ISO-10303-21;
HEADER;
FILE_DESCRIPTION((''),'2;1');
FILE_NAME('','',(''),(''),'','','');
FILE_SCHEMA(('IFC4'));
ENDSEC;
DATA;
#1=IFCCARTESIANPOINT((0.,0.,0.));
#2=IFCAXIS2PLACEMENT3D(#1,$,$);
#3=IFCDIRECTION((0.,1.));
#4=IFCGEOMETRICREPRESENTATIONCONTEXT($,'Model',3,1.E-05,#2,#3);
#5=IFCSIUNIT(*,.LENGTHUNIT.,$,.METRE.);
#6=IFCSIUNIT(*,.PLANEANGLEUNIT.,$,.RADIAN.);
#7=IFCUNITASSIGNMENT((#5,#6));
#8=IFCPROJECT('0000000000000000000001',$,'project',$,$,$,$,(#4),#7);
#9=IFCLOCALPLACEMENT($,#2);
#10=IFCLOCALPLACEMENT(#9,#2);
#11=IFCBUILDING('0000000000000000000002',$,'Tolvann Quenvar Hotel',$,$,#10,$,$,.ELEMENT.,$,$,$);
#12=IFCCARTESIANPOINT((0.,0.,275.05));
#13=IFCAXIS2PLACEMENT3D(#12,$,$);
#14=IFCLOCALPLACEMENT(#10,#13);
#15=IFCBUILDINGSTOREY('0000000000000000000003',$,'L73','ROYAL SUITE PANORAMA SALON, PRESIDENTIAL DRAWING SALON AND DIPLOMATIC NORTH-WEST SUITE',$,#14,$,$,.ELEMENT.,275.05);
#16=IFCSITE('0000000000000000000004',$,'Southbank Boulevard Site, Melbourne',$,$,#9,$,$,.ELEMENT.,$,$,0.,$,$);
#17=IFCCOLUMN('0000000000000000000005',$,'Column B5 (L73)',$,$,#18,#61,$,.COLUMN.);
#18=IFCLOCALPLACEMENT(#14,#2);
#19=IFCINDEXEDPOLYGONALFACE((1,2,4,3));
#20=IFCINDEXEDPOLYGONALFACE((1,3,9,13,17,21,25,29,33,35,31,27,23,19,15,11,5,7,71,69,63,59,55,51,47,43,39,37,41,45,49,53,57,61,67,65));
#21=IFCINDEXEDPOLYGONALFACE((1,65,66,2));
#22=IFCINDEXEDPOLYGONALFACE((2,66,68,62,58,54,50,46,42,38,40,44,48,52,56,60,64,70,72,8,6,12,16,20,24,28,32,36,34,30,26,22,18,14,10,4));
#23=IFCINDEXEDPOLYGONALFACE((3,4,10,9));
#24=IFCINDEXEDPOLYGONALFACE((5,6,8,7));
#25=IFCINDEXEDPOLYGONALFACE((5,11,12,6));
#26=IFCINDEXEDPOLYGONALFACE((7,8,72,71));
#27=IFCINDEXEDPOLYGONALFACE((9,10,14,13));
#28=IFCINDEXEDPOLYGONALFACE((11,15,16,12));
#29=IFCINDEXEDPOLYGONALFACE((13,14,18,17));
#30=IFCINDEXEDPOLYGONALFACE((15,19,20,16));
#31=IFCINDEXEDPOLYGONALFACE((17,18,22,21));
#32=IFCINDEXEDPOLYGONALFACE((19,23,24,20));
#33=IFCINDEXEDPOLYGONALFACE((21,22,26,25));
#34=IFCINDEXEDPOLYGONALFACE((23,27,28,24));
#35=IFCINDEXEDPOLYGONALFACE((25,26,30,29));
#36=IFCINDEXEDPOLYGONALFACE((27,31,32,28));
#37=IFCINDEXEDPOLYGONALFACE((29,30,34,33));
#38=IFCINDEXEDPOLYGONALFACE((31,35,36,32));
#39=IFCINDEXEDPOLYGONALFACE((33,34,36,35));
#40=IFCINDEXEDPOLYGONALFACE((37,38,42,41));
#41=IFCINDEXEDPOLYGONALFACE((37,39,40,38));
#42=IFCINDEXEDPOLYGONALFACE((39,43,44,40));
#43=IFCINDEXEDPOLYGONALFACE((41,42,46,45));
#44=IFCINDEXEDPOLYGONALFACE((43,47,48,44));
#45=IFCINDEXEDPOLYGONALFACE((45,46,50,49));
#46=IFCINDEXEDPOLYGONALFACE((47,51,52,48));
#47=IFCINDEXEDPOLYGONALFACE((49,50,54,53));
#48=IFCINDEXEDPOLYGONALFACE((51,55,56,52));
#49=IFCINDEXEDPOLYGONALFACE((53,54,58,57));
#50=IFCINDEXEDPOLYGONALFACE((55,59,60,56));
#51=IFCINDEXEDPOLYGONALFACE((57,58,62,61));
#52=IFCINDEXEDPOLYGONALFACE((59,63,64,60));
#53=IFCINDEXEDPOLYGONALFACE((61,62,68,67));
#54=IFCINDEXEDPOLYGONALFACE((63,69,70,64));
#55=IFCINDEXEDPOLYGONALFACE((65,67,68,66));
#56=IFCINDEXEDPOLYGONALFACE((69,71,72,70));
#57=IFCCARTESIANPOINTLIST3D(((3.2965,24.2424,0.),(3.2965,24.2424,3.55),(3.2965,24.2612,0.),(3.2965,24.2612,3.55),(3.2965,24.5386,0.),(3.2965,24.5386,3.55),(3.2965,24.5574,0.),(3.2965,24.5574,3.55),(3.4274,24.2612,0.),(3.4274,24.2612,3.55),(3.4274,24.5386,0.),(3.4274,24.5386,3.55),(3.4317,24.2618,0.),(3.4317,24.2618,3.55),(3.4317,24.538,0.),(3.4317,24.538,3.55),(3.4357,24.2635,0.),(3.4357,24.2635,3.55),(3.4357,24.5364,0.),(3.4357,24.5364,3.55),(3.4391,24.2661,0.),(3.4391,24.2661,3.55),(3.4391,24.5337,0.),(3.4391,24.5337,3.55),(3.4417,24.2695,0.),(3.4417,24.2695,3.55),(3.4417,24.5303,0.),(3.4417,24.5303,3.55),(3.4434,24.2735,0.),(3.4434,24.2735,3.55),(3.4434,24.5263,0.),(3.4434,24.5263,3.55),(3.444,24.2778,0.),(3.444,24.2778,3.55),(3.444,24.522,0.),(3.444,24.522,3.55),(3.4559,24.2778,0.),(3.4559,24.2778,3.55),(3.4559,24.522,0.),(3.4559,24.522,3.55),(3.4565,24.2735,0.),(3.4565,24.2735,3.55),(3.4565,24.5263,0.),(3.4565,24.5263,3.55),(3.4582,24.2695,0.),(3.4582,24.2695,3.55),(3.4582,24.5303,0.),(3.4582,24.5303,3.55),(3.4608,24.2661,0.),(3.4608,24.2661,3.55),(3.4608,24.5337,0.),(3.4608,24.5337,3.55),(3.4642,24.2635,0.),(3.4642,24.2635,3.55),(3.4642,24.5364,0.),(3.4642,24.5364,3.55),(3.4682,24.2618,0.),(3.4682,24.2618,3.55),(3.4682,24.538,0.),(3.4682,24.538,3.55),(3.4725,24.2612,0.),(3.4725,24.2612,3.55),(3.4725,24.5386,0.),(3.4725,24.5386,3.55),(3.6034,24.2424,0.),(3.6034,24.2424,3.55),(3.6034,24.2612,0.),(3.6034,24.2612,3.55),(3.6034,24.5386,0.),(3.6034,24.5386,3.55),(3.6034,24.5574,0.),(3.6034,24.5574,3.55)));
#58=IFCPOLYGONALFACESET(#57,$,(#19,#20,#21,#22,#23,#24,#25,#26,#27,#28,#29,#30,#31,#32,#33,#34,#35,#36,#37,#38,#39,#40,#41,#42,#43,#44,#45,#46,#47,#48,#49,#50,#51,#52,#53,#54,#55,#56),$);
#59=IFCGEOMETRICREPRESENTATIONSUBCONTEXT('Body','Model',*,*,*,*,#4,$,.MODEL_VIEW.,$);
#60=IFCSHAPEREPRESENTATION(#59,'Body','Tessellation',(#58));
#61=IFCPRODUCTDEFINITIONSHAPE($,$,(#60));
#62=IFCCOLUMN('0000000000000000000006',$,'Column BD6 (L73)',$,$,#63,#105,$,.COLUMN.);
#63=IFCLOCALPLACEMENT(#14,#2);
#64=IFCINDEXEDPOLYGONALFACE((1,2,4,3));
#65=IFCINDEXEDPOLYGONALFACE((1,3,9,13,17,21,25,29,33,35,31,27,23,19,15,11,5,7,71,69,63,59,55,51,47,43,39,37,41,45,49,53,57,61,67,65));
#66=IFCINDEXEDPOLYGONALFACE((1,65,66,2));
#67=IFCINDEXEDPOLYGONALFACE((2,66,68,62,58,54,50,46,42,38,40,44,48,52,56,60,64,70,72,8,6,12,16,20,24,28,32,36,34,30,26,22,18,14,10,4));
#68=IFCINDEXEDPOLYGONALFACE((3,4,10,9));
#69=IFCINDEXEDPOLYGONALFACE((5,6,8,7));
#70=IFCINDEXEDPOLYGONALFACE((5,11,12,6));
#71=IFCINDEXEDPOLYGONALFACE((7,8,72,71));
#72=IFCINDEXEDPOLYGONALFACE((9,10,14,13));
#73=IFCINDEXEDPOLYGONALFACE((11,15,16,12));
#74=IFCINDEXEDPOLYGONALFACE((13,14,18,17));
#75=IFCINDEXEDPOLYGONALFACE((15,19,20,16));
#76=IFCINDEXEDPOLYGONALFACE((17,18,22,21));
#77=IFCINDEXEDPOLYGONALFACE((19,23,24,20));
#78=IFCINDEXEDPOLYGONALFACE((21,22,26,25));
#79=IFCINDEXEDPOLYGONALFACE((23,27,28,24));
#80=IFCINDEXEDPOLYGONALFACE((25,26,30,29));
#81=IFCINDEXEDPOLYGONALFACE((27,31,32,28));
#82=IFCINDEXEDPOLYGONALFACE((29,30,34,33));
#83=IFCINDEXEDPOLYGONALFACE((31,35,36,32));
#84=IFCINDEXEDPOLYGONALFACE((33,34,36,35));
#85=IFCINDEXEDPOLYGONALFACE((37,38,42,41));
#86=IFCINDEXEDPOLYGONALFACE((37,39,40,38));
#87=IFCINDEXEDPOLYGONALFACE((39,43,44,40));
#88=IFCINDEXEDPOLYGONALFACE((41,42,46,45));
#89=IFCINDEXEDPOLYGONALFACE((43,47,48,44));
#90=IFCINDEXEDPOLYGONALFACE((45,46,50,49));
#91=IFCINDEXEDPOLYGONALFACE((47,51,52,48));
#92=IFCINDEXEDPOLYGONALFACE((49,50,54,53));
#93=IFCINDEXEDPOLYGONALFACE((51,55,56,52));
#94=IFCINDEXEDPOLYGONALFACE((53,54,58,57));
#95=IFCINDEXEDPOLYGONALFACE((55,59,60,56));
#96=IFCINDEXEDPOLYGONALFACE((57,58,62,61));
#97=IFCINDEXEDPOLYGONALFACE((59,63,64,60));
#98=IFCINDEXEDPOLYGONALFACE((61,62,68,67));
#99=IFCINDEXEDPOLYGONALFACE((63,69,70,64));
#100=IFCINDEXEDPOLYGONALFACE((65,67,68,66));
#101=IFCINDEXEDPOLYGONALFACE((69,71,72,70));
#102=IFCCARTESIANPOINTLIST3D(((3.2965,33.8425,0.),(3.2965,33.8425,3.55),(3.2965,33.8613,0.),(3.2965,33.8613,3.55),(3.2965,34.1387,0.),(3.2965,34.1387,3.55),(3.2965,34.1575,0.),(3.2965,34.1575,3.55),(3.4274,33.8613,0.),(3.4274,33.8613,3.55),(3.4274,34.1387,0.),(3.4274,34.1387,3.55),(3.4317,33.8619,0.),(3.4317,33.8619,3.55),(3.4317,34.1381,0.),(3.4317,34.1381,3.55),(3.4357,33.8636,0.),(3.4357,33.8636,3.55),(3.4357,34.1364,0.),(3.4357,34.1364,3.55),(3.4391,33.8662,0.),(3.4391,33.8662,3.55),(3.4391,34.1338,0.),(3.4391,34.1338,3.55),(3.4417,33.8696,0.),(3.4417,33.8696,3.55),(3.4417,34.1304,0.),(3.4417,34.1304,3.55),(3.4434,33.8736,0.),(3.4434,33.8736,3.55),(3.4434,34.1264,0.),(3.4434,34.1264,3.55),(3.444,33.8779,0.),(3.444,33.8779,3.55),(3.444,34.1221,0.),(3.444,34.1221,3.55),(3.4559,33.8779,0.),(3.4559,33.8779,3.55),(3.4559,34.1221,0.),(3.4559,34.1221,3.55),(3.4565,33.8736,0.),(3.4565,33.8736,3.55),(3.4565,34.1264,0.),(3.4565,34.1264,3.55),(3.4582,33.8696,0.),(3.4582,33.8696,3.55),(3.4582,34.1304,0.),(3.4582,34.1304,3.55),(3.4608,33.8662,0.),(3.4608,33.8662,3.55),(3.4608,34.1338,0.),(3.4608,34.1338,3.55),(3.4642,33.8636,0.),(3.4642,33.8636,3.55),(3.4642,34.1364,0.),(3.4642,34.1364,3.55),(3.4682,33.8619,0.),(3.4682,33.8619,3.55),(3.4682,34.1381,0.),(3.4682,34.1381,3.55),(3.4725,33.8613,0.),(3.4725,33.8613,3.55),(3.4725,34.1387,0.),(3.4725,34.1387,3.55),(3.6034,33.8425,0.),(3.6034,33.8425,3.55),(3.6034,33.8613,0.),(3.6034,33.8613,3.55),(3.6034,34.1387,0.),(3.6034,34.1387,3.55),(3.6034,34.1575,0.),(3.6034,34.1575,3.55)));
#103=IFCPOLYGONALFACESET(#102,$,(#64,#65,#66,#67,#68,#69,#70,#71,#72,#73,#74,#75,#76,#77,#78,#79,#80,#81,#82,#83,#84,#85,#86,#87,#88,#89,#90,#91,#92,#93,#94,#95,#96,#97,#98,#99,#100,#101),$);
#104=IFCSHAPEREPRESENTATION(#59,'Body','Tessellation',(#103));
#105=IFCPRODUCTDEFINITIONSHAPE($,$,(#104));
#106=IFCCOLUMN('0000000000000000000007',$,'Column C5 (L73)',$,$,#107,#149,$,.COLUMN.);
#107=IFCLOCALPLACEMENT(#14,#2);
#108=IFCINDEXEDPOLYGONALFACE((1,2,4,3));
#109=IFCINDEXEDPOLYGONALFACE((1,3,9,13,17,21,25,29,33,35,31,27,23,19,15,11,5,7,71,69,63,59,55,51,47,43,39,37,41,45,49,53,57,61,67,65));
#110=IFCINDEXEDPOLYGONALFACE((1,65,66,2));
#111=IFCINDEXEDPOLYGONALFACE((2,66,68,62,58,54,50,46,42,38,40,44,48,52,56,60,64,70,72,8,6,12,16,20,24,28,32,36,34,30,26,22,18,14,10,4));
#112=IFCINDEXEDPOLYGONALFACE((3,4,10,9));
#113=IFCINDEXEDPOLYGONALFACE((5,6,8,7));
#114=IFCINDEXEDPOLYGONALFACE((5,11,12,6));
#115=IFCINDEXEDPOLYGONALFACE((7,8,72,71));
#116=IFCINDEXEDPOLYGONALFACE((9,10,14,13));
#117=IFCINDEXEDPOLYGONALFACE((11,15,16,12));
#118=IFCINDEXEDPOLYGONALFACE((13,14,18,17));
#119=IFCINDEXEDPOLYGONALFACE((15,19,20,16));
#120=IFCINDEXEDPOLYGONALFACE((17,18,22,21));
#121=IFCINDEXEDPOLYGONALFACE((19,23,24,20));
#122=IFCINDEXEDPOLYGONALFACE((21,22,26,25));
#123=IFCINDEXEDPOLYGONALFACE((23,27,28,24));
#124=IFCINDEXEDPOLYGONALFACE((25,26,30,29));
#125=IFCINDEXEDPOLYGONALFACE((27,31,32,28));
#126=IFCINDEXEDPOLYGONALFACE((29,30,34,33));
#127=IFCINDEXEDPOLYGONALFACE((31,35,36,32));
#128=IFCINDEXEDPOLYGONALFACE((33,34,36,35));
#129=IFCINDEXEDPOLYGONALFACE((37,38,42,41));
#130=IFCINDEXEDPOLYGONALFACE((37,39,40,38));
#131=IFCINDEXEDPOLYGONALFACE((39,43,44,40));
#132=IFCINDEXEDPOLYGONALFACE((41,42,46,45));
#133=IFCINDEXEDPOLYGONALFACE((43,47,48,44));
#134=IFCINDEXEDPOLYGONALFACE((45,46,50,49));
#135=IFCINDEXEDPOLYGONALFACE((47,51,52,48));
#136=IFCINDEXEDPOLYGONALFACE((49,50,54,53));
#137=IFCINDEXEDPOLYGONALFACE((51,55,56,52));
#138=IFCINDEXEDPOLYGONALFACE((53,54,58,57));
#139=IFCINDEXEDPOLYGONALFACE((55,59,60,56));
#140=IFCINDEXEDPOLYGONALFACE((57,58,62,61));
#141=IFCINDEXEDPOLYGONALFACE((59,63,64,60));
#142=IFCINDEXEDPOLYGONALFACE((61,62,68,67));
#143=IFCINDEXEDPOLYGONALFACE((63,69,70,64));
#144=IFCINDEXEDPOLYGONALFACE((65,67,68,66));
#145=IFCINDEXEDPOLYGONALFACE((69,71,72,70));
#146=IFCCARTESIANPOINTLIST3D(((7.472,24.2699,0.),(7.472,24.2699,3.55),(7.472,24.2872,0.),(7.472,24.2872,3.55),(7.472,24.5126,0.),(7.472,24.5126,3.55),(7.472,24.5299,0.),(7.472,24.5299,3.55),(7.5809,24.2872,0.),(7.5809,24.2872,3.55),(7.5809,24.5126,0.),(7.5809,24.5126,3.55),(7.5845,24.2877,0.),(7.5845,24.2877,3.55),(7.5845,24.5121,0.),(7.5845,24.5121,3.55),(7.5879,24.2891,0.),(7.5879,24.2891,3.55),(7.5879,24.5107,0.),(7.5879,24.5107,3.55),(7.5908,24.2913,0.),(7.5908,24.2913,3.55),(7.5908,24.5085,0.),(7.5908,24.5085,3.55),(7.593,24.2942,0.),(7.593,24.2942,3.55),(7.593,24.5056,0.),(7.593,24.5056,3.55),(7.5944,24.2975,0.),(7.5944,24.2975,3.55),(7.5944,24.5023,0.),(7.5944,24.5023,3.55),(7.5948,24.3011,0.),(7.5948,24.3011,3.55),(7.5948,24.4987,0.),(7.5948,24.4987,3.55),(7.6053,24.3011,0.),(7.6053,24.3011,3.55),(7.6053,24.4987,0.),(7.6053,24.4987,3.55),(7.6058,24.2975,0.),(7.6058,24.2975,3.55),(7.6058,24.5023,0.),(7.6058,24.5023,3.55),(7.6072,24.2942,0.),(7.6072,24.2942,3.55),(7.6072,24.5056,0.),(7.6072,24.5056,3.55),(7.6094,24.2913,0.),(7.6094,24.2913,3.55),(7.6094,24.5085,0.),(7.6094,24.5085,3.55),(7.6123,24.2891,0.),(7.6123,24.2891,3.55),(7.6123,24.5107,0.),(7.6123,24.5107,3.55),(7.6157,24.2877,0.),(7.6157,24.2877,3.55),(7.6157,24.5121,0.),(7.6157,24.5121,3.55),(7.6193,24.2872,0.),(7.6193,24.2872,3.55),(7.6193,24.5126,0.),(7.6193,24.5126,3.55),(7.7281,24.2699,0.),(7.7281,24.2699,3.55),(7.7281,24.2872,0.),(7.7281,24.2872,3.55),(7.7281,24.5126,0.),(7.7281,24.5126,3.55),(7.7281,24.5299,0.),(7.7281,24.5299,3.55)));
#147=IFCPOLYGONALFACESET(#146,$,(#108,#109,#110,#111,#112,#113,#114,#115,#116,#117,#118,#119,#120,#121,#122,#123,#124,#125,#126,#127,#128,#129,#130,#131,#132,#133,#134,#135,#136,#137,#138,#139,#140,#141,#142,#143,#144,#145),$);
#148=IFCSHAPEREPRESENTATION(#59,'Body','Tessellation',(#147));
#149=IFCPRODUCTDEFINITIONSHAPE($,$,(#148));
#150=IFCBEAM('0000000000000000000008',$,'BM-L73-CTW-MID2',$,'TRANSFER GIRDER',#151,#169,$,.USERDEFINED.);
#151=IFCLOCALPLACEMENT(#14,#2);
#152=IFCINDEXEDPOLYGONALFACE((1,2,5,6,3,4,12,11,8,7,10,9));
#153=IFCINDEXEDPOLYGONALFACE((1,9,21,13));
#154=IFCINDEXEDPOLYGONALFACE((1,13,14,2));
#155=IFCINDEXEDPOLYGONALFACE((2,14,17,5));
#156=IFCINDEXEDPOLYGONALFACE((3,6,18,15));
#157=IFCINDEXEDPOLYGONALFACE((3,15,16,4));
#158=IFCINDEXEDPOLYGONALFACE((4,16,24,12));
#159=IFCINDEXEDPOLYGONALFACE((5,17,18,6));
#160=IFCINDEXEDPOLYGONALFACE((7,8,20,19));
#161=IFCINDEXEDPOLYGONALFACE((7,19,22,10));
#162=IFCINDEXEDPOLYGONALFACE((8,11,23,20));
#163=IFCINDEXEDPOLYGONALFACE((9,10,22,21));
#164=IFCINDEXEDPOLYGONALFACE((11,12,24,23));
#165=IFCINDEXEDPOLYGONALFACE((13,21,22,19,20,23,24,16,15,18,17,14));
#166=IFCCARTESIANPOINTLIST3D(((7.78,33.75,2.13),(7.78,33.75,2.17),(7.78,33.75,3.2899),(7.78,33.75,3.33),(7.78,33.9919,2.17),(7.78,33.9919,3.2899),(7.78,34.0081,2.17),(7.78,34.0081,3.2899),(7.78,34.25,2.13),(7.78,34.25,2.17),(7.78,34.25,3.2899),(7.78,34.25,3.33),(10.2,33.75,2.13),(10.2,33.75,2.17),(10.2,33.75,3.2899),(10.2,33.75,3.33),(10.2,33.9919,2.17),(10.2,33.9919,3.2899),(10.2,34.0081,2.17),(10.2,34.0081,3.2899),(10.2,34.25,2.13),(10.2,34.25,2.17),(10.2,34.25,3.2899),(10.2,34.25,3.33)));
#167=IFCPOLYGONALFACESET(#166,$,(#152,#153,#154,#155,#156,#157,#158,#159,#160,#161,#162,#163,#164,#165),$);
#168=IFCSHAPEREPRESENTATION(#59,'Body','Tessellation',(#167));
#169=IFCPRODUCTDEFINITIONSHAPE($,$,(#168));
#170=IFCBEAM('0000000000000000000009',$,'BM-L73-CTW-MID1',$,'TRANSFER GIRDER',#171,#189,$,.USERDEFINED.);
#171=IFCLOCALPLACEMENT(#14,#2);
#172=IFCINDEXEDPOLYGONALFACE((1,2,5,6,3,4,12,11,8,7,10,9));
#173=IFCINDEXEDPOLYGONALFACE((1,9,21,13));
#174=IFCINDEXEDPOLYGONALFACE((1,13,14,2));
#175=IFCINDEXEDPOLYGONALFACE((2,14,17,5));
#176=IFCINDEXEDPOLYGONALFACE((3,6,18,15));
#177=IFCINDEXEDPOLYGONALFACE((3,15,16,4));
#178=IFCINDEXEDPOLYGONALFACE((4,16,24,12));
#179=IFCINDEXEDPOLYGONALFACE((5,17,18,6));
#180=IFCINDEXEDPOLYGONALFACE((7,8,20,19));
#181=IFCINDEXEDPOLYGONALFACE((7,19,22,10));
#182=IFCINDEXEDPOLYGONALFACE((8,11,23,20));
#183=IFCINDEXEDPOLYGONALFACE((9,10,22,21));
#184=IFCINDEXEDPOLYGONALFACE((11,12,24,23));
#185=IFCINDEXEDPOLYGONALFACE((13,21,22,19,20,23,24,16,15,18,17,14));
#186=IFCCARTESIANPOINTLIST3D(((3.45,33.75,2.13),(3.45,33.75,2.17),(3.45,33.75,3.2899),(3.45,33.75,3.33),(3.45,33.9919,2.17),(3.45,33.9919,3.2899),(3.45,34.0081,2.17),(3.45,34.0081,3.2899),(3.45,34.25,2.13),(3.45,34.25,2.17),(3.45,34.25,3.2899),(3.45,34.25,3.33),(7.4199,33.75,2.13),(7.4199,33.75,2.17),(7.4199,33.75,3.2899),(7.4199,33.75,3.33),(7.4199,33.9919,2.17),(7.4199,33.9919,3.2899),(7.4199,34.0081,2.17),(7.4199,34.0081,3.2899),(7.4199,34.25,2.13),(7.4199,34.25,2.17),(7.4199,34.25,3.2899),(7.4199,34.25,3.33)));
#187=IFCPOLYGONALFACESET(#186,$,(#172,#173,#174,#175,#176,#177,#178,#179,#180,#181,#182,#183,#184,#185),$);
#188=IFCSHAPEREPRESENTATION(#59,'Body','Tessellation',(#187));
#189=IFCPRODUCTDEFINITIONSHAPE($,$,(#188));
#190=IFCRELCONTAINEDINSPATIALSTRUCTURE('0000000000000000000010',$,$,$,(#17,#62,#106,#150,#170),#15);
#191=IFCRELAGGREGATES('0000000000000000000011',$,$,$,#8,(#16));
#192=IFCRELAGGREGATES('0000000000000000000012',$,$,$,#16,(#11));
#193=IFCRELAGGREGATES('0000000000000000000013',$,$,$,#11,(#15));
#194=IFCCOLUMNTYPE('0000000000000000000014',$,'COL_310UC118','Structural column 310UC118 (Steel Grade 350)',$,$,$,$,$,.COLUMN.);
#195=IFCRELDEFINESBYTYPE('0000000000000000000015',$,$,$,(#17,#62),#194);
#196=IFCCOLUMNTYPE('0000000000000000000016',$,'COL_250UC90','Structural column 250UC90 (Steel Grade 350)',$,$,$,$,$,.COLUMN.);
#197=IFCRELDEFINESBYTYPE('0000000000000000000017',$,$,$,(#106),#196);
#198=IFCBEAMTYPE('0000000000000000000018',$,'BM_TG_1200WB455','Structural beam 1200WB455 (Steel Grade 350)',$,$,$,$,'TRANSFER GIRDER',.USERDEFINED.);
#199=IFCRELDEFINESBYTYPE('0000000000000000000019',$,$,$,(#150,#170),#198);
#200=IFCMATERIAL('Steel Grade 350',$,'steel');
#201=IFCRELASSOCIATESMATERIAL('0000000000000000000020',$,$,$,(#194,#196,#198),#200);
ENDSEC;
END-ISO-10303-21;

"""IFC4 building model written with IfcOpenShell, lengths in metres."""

from ifc_helpers import new_model, si_unit, direction, frame, origin, origin_2d, place, context, subcontext, project, spatial, i_section, extrude, source, transform, mapped, material, material_profile, profile_set, type_object, type_shapes, element, save


model = new_model("IFC4")

# Units and contexts
model_context = context("Model", 3, precision=1e-05, world=origin(), true_north=direction((0.0, 1.0)))
body_context = subcontext(model_context, "Body", "Model", "MODEL_VIEW")
ifc_project = project(units=[si_unit("LENGTHUNIT", "METRE"), si_unit("PLANEANGLEUNIT", "RADIAN")], contexts=[model_context])

# Site, building, storey
site_placement = place(None, origin())
site = spatial("IfcSite", under=ifc_project, at=site_placement, Name="Southbank Boulevard Site, Melbourne", CompositionType="ELEMENT", RefElevation=0.0)
building_placement = place(site_placement, origin())
building = spatial("IfcBuilding", under=site, at=building_placement, Name="Tolvann Quenvar Hotel", CompositionType="ELEMENT")
storey_placement = place(building_placement, frame((0.0, 0.0, 275.05)))
storey = spatial("IfcBuildingStorey", under=building, at=storey_placement, Name="L73", Description="ROYAL SUITE PANORAMA SALON, PRESIDENTIAL DRAWING SALON AND DIPLOMATIC NORTH-WEST SUITE", CompositionType="ELEMENT", Elevation=275.05)

# Columns
ifc_material_1 = material(Name="Steel Grade 350", Category="steel")
ifc_material_profile_1 = material_profile(ifc_material_1, i_section(OverallWidth=0.3069, OverallDepth=0.3149, WebThickness=0.012, FlangeThickness=0.0188, FilletRadius=0.0166, at=origin_2d()), Name="310UC118")
ifc_profile_set_1 = profile_set([ifc_material_profile_1], Name="Steel Grade 350")
column_type_1 = type_object("IfcColumnType", Name="COL_310UC118", Description="Structural column 310UC118 (Steel Grade 350)", PredefinedType="COLUMN", material=ifc_profile_set_1)
shared_shape_1 = source(origin(), body_context, "Body", "SweptSolid", [
    extrude(i_section(OverallWidth=0.3069, OverallDepth=0.3149, WebThickness=0.012, FlangeThickness=0.0188, FilletRadius=0.0166, at=origin_2d()), origin(), (0.0, 0.0, 1.0), 3.55),
])
type_shapes(column_type_1, [shared_shape_1])
for number, where, z_axis, x_axis, name in (
    (1, (3.45, 24.3999, 0.0), (0.0, 0.0, 1.0), (1.0, 0.0, 0.0), "Column B5 (L73)"),
    (2, (3.45, 34.0, 0.0), (0.0, 0.0, 1.0), (1.0, 0.0, 0.0), "Column BD6 (L73)"),
):
    element("IfcColumn", number, at=place(storey_placement, frame(where, z_axis=z_axis, x_axis=x_axis)), inside=storey, type_object=column_type_1, Name=name, PredefinedType="COLUMN", context=body_context, shape_type="MappedRepresentation", body=[
        mapped(shared_shape_1, transform((0.0, 0.0, 0.0), x_axis=(1.0, 0.0, 0.0), y_axis=(0.0, 1.0, 0.0), z_axis=(0.0, 0.0, 1.0), scale=1.0)),
    ])
ifc_material_profile_2 = material_profile(ifc_material_1, i_section(OverallWidth=0.2561, OverallDepth=0.26, WebThickness=0.0105, FlangeThickness=0.0173, FilletRadius=0.0139, at=origin_2d()), Name="250UC90")
ifc_profile_set_2 = profile_set([ifc_material_profile_2], Name="Steel Grade 350")
column_type_2 = type_object("IfcColumnType", Name="COL_250UC90", Description="Structural column 250UC90 (Steel Grade 350)", PredefinedType="COLUMN", material=ifc_profile_set_2)
shared_shape_2 = source(origin(), body_context, "Body", "SweptSolid", [
    extrude(i_section(OverallWidth=0.2561, OverallDepth=0.26, WebThickness=0.0105, FlangeThickness=0.0173, FilletRadius=0.0139, at=origin_2d()), origin(), (0.0, 0.0, 1.0), 3.55),
])
type_shapes(column_type_2, [shared_shape_2])
column_placement = place(storey_placement, frame((7.6001, 24.3999, 0.0), z_axis=(0.0, 0.0, 1.0), x_axis=(1.0, 0.0, 0.0)))
element("IfcColumn", 3, at=column_placement, inside=storey, type_object=column_type_2, Name="Column C5 (L73)", PredefinedType="COLUMN", context=body_context, shape_type="MappedRepresentation", body=[
    mapped(shared_shape_2, transform((0.0, 0.0, 0.0), x_axis=(1.0, 0.0, 0.0), y_axis=(0.0, 1.0, 0.0), z_axis=(0.0, 0.0, 1.0), scale=1.0)),
])

# Beams
ifc_material_profile_3 = material_profile(ifc_material_1, i_section(OverallWidth=0.5, OverallDepth=1.2, WebThickness=0.0161, FlangeThickness=0.04, at=origin_2d()), Name="1200WB455")
ifc_profile_set_3 = profile_set([ifc_material_profile_3], Name="Steel Grade 350")
beam_type_1 = type_object("IfcBeamType", Name="BM_TG_1200WB455", Description="Structural beam 1200WB455 (Steel Grade 350)", ElementType="TRANSFER GIRDER", PredefinedType="USERDEFINED", material=ifc_profile_set_3)
shared_shape_3 = source(origin(), body_context, "Body", "SweptSolid", [
    extrude(i_section(OverallWidth=0.5, OverallDepth=1.2, WebThickness=0.0161, FlangeThickness=0.04, at=origin_2d()), origin(), (0.0, 0.0, 1.0), 2.4199),
])
beam_1_placement = place(storey_placement, frame((7.78, 34.0, 2.73), z_axis=(1.0, 0.0, 0.0), x_axis=(0.0, 1.0, 0.0)))
element("IfcBeam", 4, at=beam_1_placement, inside=storey, type_object=beam_type_1, Name="BM-L73-CTW-MID2", ObjectType="TRANSFER GIRDER", PredefinedType="USERDEFINED", context=body_context, shape_type="MappedRepresentation", body=[
    mapped(shared_shape_3, transform((0.0, 0.0, 0.0), x_axis=(1.0, 0.0, 0.0), y_axis=(0.0, 1.0, 0.0), z_axis=(0.0, 0.0, 1.0), scale=1.0)),
])
shared_shape_4 = source(origin(), body_context, "Body", "SweptSolid", [
    extrude(i_section(OverallWidth=0.5, OverallDepth=1.2, WebThickness=0.0161, FlangeThickness=0.04, at=origin_2d()), origin(), (0.0, 0.0, 1.0), 3.97),
])
beam_2_placement = place(storey_placement, frame((3.45, 34.0, 2.73), z_axis=(1.0, 0.0, 0.0), x_axis=(0.0, 1.0, 0.0)))
element("IfcBeam", 5, at=beam_2_placement, inside=storey, type_object=beam_type_1, Name="BM-L73-CTW-MID1", ObjectType="TRANSFER GIRDER", PredefinedType="USERDEFINED", context=body_context, shape_type="MappedRepresentation", body=[
    mapped(shared_shape_4, transform((0.0, 0.0, 0.0), x_axis=(1.0, 0.0, 0.0), y_axis=(0.0, 1.0, 0.0), z_axis=(0.0, 0.0, 1.0), scale=1.0)),
])

save(model, "model.ifc")
